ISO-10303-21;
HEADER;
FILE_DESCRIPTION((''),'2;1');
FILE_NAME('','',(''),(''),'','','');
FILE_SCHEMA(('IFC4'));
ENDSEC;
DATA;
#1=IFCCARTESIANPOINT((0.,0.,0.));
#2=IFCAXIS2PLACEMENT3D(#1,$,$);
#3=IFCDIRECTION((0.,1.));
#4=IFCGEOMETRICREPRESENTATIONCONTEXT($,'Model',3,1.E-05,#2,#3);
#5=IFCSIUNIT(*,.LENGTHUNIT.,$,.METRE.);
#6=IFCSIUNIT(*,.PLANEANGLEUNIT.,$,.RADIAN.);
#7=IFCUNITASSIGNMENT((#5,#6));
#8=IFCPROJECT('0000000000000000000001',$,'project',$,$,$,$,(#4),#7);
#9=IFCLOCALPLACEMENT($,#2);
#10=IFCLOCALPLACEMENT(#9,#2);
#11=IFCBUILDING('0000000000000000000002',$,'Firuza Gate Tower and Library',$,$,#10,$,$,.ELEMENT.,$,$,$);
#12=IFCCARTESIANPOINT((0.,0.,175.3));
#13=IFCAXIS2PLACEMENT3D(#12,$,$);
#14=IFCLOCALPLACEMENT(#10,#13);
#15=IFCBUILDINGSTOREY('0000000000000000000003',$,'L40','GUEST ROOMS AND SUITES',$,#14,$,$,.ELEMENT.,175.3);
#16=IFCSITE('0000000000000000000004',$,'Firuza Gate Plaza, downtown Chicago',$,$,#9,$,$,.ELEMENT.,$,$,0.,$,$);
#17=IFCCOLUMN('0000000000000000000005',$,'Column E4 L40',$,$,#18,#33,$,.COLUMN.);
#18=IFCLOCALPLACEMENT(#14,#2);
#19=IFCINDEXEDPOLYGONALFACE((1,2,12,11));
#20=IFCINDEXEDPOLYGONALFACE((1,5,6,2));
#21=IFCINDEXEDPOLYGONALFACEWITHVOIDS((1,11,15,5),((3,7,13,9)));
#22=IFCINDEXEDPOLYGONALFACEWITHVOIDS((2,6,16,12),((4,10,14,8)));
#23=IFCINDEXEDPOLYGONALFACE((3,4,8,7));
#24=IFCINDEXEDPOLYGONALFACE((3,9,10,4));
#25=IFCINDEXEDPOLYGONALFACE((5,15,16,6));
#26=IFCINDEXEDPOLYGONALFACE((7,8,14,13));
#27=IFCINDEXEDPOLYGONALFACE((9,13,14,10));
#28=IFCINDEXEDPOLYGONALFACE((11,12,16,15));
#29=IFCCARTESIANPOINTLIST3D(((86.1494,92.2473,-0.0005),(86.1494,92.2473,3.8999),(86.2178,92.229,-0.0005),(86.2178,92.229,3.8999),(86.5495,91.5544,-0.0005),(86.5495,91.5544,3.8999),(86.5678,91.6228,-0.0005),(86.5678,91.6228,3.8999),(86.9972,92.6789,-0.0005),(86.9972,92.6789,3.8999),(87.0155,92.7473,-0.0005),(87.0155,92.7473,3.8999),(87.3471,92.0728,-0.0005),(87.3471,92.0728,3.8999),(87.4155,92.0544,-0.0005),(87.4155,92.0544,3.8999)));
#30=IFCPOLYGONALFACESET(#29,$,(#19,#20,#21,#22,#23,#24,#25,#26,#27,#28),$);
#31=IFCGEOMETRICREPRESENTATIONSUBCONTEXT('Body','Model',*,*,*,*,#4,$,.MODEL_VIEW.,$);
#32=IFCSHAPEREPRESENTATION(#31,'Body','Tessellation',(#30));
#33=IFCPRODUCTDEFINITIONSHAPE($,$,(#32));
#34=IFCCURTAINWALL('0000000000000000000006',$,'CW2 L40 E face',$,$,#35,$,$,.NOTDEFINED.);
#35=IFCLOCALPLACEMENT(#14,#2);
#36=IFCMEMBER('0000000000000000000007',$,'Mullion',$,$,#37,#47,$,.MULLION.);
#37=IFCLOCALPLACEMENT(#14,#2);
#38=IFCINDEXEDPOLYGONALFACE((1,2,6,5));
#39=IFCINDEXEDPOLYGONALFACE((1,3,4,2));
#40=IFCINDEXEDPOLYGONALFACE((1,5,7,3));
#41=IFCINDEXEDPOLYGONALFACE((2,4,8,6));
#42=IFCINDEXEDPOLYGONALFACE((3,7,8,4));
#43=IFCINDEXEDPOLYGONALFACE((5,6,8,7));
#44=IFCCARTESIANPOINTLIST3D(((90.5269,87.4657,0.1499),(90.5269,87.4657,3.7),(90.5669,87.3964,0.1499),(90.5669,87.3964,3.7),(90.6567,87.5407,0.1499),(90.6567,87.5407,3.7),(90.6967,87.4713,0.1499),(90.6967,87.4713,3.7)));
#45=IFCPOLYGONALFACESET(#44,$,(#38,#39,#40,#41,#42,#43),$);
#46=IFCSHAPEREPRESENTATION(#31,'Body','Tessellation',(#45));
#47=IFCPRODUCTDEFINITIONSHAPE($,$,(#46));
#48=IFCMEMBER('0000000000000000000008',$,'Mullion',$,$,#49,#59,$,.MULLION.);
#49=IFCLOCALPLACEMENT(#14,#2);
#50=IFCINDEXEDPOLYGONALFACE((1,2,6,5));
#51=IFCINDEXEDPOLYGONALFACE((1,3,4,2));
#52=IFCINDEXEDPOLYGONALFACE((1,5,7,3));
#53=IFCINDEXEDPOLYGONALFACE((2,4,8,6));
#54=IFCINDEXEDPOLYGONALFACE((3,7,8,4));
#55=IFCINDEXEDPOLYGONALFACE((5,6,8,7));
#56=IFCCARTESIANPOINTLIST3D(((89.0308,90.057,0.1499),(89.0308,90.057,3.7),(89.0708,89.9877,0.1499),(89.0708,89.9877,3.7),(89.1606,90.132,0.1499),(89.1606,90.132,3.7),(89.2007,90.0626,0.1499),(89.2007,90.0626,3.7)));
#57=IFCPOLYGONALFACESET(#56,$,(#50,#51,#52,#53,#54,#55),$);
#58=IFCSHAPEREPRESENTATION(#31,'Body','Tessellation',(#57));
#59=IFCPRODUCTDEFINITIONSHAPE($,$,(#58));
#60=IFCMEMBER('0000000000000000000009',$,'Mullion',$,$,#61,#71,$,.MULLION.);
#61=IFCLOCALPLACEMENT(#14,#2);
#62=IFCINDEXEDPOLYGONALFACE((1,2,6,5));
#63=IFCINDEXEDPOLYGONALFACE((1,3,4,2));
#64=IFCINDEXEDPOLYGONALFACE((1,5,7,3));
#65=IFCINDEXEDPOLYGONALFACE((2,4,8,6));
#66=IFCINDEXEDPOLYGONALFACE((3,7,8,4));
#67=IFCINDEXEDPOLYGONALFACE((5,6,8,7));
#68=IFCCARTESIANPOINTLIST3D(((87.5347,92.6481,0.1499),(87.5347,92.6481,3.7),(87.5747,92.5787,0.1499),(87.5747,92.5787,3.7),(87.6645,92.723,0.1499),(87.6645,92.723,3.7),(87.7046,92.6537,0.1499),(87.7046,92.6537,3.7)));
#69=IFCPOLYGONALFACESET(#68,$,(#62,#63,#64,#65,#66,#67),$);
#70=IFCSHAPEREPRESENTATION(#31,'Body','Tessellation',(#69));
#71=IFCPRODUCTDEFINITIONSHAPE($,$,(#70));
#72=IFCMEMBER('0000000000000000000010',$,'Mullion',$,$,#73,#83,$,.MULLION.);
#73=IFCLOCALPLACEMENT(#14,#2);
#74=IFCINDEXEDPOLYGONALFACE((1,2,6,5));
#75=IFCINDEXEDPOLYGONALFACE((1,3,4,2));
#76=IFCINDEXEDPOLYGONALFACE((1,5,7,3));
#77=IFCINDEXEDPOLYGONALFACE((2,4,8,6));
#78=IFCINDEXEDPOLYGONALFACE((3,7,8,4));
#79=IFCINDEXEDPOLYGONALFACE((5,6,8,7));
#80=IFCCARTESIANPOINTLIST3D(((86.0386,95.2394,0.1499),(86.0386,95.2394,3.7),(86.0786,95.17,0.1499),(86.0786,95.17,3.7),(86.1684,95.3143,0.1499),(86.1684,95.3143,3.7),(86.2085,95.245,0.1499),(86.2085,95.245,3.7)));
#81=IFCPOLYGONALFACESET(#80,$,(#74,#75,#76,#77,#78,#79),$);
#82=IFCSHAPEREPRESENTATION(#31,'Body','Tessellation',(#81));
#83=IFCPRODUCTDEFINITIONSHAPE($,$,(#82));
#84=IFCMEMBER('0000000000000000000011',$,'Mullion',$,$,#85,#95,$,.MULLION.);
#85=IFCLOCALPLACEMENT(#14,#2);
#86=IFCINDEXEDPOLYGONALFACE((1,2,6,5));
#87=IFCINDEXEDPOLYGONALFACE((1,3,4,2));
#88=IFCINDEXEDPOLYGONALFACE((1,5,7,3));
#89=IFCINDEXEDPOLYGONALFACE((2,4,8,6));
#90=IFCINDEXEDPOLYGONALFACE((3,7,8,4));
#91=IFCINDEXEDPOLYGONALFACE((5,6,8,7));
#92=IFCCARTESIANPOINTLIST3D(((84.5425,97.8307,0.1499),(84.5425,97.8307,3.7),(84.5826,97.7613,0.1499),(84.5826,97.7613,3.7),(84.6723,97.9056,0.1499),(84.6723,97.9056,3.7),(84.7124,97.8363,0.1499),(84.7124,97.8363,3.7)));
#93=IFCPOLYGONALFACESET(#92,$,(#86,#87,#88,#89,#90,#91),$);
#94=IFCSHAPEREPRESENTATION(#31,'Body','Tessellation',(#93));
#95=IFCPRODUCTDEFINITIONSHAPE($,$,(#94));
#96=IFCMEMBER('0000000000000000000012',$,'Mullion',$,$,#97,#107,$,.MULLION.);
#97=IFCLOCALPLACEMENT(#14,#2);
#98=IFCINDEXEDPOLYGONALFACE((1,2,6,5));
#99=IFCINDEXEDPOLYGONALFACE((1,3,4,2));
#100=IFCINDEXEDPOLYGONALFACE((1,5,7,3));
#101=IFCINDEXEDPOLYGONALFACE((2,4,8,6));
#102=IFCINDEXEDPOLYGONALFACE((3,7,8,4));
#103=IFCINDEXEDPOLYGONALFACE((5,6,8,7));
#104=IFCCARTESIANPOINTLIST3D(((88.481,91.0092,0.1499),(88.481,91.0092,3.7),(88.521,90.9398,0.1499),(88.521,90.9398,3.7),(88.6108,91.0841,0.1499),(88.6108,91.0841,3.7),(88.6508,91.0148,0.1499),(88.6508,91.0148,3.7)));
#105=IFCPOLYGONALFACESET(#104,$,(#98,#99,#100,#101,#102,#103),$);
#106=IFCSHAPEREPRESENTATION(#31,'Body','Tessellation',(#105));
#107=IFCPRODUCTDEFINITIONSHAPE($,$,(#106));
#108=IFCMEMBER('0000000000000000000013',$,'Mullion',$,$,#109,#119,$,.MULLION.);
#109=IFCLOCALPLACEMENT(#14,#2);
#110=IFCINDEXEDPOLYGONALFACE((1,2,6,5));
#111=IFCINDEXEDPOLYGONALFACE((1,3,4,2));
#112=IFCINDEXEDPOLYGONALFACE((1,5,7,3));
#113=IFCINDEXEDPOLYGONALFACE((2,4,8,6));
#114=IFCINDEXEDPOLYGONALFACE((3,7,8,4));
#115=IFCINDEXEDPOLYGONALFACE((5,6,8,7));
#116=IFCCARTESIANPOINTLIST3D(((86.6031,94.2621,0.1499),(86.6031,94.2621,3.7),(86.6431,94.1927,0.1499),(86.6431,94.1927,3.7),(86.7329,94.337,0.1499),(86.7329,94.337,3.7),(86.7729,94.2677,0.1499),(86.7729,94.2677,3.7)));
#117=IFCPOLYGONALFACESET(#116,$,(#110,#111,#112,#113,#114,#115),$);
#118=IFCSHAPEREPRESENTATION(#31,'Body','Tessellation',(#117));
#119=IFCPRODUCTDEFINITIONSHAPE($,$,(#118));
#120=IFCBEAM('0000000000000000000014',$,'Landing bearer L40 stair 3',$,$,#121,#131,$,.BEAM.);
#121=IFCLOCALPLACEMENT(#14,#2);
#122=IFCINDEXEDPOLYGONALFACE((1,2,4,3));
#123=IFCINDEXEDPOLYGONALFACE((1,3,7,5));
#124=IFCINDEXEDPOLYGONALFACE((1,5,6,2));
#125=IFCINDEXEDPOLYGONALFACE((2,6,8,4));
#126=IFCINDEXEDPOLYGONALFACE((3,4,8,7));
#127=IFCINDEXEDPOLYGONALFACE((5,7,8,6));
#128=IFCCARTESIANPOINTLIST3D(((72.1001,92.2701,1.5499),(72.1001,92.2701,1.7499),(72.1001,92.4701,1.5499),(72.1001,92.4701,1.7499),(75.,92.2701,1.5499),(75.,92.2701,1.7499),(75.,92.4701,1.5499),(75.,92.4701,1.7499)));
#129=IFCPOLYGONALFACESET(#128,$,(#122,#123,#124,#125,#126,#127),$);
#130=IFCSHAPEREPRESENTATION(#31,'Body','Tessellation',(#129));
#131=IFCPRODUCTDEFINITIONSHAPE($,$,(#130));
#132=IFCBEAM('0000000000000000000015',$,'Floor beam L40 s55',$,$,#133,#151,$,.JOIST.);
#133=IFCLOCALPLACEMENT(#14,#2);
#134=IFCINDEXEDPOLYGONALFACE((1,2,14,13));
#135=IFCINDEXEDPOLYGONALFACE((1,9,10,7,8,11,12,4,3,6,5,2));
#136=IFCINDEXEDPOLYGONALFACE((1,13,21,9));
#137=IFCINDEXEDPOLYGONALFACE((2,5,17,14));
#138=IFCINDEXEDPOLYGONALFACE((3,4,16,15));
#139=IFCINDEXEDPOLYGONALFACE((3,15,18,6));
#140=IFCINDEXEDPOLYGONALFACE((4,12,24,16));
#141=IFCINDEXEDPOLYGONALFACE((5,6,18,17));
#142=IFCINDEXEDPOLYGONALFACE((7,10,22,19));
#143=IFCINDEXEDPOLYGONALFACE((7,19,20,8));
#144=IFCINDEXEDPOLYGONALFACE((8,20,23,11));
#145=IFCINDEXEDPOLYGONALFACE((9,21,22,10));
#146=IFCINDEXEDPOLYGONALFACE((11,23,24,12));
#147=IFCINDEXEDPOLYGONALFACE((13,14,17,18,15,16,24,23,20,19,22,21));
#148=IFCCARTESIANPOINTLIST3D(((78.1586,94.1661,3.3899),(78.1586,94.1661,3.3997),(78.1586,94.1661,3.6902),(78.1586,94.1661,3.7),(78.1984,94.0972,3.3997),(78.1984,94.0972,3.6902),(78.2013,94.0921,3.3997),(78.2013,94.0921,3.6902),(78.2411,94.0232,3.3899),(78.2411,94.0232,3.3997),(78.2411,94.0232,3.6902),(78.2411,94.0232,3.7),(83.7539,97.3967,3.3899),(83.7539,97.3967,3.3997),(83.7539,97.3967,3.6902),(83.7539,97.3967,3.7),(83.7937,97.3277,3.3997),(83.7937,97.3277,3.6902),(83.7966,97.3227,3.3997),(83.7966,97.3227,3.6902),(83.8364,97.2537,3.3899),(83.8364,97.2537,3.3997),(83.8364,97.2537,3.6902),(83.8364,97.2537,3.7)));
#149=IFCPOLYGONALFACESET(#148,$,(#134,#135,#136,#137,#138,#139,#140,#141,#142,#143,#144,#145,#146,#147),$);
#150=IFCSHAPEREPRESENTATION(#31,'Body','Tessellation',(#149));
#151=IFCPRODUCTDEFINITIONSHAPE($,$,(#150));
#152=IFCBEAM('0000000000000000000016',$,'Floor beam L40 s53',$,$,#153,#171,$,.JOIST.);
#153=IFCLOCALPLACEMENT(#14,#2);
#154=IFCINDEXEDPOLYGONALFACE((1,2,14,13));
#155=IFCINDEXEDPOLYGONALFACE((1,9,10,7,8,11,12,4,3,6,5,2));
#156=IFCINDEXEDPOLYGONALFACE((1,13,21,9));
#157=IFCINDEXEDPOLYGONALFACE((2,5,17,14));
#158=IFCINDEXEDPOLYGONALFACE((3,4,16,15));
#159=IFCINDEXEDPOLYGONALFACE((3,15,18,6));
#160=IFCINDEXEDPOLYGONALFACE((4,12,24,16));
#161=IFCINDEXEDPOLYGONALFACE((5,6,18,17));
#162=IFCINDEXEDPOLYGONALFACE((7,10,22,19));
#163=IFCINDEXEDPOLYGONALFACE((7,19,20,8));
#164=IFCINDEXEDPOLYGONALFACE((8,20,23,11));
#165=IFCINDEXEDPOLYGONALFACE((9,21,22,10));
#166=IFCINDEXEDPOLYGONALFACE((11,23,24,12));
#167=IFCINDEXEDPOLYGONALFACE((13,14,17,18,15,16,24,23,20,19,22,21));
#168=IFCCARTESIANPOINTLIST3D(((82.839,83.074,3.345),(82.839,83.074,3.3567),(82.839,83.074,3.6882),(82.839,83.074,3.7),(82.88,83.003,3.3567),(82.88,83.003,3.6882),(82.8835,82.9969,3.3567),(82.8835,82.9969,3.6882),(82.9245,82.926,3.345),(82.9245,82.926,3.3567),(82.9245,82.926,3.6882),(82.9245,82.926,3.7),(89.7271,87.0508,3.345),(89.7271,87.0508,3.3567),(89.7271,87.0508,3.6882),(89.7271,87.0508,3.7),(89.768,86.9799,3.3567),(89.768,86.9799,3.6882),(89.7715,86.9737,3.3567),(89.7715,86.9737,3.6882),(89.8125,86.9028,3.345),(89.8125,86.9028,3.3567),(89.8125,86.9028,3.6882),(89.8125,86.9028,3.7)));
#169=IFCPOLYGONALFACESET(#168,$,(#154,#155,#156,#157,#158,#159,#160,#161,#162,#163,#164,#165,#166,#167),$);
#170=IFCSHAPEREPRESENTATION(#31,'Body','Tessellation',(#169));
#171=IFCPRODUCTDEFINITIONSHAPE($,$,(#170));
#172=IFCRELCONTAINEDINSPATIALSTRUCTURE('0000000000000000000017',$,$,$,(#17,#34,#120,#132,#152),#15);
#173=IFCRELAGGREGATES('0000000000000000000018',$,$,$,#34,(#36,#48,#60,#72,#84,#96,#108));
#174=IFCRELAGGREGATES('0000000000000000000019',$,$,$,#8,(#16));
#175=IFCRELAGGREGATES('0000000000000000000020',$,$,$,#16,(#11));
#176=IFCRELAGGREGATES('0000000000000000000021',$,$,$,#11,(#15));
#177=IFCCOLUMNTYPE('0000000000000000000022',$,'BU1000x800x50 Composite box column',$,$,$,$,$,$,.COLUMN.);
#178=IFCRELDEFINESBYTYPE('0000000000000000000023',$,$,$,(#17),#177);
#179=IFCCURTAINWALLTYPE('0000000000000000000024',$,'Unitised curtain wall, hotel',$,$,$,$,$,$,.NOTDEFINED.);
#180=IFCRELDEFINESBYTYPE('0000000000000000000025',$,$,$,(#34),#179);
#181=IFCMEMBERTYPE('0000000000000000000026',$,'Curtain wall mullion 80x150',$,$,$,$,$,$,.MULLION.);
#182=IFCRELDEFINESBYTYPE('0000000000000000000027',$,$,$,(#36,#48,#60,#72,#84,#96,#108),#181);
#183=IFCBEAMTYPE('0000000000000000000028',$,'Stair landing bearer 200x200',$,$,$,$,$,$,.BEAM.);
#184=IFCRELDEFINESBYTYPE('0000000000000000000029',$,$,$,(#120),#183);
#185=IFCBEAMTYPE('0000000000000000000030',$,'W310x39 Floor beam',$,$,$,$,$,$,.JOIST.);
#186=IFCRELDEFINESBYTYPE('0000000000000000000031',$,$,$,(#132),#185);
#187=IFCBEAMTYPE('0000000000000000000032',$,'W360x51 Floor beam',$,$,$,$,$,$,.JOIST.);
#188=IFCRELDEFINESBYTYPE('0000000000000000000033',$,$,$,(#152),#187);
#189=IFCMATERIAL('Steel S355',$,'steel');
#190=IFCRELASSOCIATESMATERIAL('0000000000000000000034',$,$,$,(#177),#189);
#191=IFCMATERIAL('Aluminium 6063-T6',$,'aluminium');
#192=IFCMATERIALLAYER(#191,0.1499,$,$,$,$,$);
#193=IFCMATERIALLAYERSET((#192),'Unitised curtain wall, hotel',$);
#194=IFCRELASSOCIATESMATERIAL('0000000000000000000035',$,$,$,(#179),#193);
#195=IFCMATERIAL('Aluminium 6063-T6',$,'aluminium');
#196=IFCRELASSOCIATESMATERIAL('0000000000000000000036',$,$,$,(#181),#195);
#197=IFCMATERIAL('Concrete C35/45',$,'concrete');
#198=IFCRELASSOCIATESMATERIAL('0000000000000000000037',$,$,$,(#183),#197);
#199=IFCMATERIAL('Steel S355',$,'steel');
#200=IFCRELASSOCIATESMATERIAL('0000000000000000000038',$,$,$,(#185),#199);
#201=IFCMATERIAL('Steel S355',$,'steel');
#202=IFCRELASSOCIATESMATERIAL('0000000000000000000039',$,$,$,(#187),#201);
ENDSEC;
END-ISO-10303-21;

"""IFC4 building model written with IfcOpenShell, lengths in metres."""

from ifc_helpers import new_model, si_unit, direction, frame, origin, origin_2d, place, context, subcontext, project, spatial, rectangle, hollow_rectangle, i_section, extrude, material, layer, layer_set, material_profile, profile_set, type_object, element, aggregate, save


model = new_model("IFC4")

# Units and contexts
model_context = context("Model", 3, precision=1e-05, world=origin(), true_north=direction((0.0, 1.0)))
body_context = subcontext(model_context, "Body", "Model", "MODEL_VIEW")
ifc_project = project(units=[si_unit("LENGTHUNIT", "METRE"), si_unit("PLANEANGLEUNIT", "RADIAN")], contexts=[model_context])

# Site, building, storey
site_placement = place(None, origin())
site = spatial("IfcSite", under=ifc_project, at=site_placement, Name="Firuza Gate Plaza, downtown Chicago", CompositionType="ELEMENT", RefElevation=0.0)
building_placement = place(site_placement, origin())
building = spatial("IfcBuilding", under=site, at=building_placement, Name="Firuza Gate Tower and Library", CompositionType="ELEMENT")
storey_placement = place(building_placement, frame((0.0, 0.0, 175.3)))
storey = spatial("IfcBuildingStorey", under=building, at=storey_placement, Name="L40", Description="GUEST ROOMS AND SUITES", CompositionType="ELEMENT", Elevation=175.3)

# Column
ifc_material_1 = material(Name="Steel S355", Category="steel")
ifc_material_profile_1 = material_profile(ifc_material_1, hollow_rectangle(XDim=0.8, YDim=1.0, WallThickness=0.05, at=origin_2d()))
ifc_profile_set_1 = profile_set([ifc_material_profile_1], Name="Steel S355")
column_type = type_object("IfcColumnType", Name="BU1000x800x50 Composite box column", PredefinedType="COLUMN", material=ifc_profile_set_1)
column_placement = place(storey_placement, frame((86.7825, 92.1509, -0.0005), z_axis=(0.0, 0.0, 1.0), x_axis=(-0.5, 0.866025, 0.0)))
element("IfcColumn", 1, at=column_placement, inside=storey, type_object=column_type, Name="Column E4 L40", PredefinedType="COLUMN", context=body_context, shape_type="SweptSolid", body=[
    extrude(hollow_rectangle(XDim=0.8, YDim=1.0, WallThickness=0.05, at=origin_2d()), origin(), (0.0, 0.0, 1.0), 3.9004),
])

# Curtain wall, members
ifc_material_2 = material(Name="Aluminium 6063-T6", Category="aluminium")
ifc_layer_1 = layer(ifc_material_2, 0.1499)
ifc_layer_set_1 = layer_set([ifc_layer_1], Name="Unitised curtain wall, hotel")
curtain_wall_type = type_object("IfcCurtainWallType", Name="Unitised curtain wall, hotel", PredefinedType="NOTDEFINED", material=ifc_layer_set_1)
curtain_wall_placement = place(storey_placement, origin())
curtain_wall = element("IfcCurtainWall", 2, at=curtain_wall_placement, inside=storey, type_object=curtain_wall_type, Name="CW2 L40 E face", PredefinedType="NOTDEFINED")
ifc_material_3 = material(Name="Aluminium 6063-T6", Category="aluminium")
ifc_material_profile_2 = material_profile(ifc_material_3, rectangle(XDim=0.1499, YDim=0.0801, at=origin_2d()))
ifc_profile_set_2 = profile_set([ifc_material_profile_2], Name="Aluminium 6063-T6")
member_type = type_object("IfcMemberType", Name="Curtain wall mullion 80x150", PredefinedType="MULLION", material=ifc_profile_set_2)
member_1_placement = place(storey_placement, frame((90.6118, 87.4685, 0.1499), z_axis=(0.0, 0.0, 1.0), x_axis=(-0.866025, -0.5, 0.0)))
member_1 = element("IfcMember", 3, at=member_1_placement, type_object=member_type, Name="Mullion", PredefinedType="MULLION", context=body_context, shape_type="SweptSolid", body=[
    extrude(rectangle(XDim=0.1499, YDim=0.0801, at=origin_2d()), origin(), (0.0, 0.0, 1.0), 3.55),
])
member_2_placement = place(storey_placement, frame((89.1157, 90.0598, 0.1499), z_axis=(0.0, 0.0, 1.0), x_axis=(-0.866025, -0.5, 0.0)))
member_2 = element("IfcMember", 4, at=member_2_placement, type_object=member_type, Name="Mullion", PredefinedType="MULLION", context=body_context, shape_type="SweptSolid", body=[
    extrude(rectangle(XDim=0.1499, YDim=0.0801, at=origin_2d()), origin(), (0.0, 0.0, 1.0), 3.55),
])
member_3_placement = place(storey_placement, frame((87.6196, 92.6509, 0.1499), z_axis=(0.0, 0.0, 1.0), x_axis=(-0.866025, -0.5, 0.0)))
member_3 = element("IfcMember", 5, at=member_3_placement, type_object=member_type, Name="Mullion", PredefinedType="MULLION", context=body_context, shape_type="SweptSolid", body=[
    extrude(rectangle(XDim=0.1499, YDim=0.0801, at=origin_2d()), origin(), (0.0, 0.0, 1.0), 3.55),
])
member_4_placement = place(storey_placement, frame((86.1235, 95.2422, 0.1499), z_axis=(0.0, 0.0, 1.0), x_axis=(-0.866025, -0.5, 0.0)))
member_4 = element("IfcMember", 6, at=member_4_placement, type_object=member_type, Name="Mullion", PredefinedType="MULLION", context=body_context, shape_type="SweptSolid", body=[
    extrude(rectangle(XDim=0.1499, YDim=0.0801, at=origin_2d()), origin(), (0.0, 0.0, 1.0), 3.55),
])
member_5_placement = place(storey_placement, frame((84.6274, 97.8335, 0.1499), z_axis=(0.0, 0.0, 1.0), x_axis=(-0.866025, -0.5, 0.0)))
member_5 = element("IfcMember", 7, at=member_5_placement, type_object=member_type, Name="Mullion", PredefinedType="MULLION", context=body_context, shape_type="SweptSolid", body=[
    extrude(rectangle(XDim=0.1499, YDim=0.0801, at=origin_2d()), origin(), (0.0, 0.0, 1.0), 3.55),
])
member_6_placement = place(storey_placement, frame((88.5659, 91.012, 0.1499), z_axis=(0.0, 0.0, 1.0), x_axis=(-0.866025, -0.5, 0.0)))
member_6 = element("IfcMember", 8, at=member_6_placement, type_object=member_type, Name="Mullion", PredefinedType="MULLION", context=body_context, shape_type="SweptSolid", body=[
    extrude(rectangle(XDim=0.1499, YDim=0.0801, at=origin_2d()), origin(), (0.0, 0.0, 1.0), 3.55),
])
member_7_placement = place(storey_placement, frame((86.688, 94.2649, 0.1499), z_axis=(0.0, 0.0, 1.0), x_axis=(-0.866025, -0.5, 0.0)))
member_7 = element("IfcMember", 9, at=member_7_placement, type_object=member_type, Name="Mullion", PredefinedType="MULLION", context=body_context, shape_type="SweptSolid", body=[
    extrude(rectangle(XDim=0.1499, YDim=0.0801, at=origin_2d()), origin(), (0.0, 0.0, 1.0), 3.55),
])

# Beams
ifc_material_4 = material(Name="Concrete C35/45", Category="concrete")
ifc_material_profile_3 = material_profile(ifc_material_4, rectangle(XDim=0.2, YDim=0.2, at=origin_2d()))
ifc_profile_set_3 = profile_set([ifc_material_profile_3], Name="Concrete C35/45")
beam_type_1 = type_object("IfcBeamType", Name="Stair landing bearer 200x200", PredefinedType="BEAM", material=ifc_profile_set_3)
beam_1_placement = place(storey_placement, frame((75.0, 92.3701, 1.6499), z_axis=(-1.0, 0.0, 0.0), x_axis=(0.0, -1.0, 0.0)))
element("IfcBeam", 10, at=beam_1_placement, inside=storey, type_object=beam_type_1, Name="Landing bearer L40 stair 3", PredefinedType="BEAM", context=body_context, shape_type="SweptSolid", body=[
    extrude(rectangle(XDim=0.2, YDim=0.2, at=origin_2d()), origin(), (0.0, 0.0, 1.0), 2.8999),
])
ifc_material_5 = material(Name="Steel S355", Category="steel")
ifc_material_profile_4 = material_profile(ifc_material_5, i_section(OverallWidth=0.165, OverallDepth=0.3101, WebThickness=0.0059, FlangeThickness=0.0098, at=origin_2d()))
ifc_profile_set_4 = profile_set([ifc_material_profile_4], Name="Steel S355")
beam_type_2 = type_object("IfcBeamType", Name="W310x39 Floor beam", PredefinedType="JOIST", material=ifc_profile_set_4)
beam_2_placement = place(storey_placement, frame((83.7952, 97.3252, 3.5449), z_axis=(-0.866021, -0.500008, 0.0), x_axis=(0.500008, -0.866021, 0.0)))
element("IfcBeam", 11, at=beam_2_placement, inside=storey, type_object=beam_type_2, Name="Floor beam L40 s55", PredefinedType="JOIST", context=body_context, shape_type="SweptSolid", body=[
    extrude(i_section(OverallWidth=0.165, OverallDepth=0.3101, WebThickness=0.0059, FlangeThickness=0.0098, at=origin_2d()), origin(), (0.0, 0.0, 1.0), 6.4609),
])
ifc_material_6 = material(Name="Steel S355", Category="steel")
ifc_material_profile_5 = material_profile(ifc_material_6, i_section(OverallWidth=0.1709, OverallDepth=0.355, WebThickness=0.0071, FlangeThickness=0.0117, at=origin_2d()))
ifc_profile_set_5 = profile_set([ifc_material_profile_5], Name="Steel S355")
beam_type_3 = type_object("IfcBeamType", Name="W360x51 Floor beam", PredefinedType="JOIST", material=ifc_profile_set_5)
beam_3_placement = place(storey_placement, frame((89.7698, 86.9768, 3.5225), z_axis=(-0.866023, -0.500005, 0.0), x_axis=(0.500005, -0.866023, 0.0)))
element("IfcBeam", 12, at=beam_3_placement, inside=storey, type_object=beam_type_3, Name="Floor beam L40 s53", PredefinedType="JOIST", context=body_context, shape_type="SweptSolid", body=[
    extrude(i_section(OverallWidth=0.1709, OverallDepth=0.355, WebThickness=0.0071, FlangeThickness=0.0117, at=origin_2d()), origin(), (0.0, 0.0, 1.0), 7.9536),
])

aggregate(curtain_wall, [member_1, member_2, member_3, member_4, member_5, member_6, member_7])

save(model, "model.ifc")
